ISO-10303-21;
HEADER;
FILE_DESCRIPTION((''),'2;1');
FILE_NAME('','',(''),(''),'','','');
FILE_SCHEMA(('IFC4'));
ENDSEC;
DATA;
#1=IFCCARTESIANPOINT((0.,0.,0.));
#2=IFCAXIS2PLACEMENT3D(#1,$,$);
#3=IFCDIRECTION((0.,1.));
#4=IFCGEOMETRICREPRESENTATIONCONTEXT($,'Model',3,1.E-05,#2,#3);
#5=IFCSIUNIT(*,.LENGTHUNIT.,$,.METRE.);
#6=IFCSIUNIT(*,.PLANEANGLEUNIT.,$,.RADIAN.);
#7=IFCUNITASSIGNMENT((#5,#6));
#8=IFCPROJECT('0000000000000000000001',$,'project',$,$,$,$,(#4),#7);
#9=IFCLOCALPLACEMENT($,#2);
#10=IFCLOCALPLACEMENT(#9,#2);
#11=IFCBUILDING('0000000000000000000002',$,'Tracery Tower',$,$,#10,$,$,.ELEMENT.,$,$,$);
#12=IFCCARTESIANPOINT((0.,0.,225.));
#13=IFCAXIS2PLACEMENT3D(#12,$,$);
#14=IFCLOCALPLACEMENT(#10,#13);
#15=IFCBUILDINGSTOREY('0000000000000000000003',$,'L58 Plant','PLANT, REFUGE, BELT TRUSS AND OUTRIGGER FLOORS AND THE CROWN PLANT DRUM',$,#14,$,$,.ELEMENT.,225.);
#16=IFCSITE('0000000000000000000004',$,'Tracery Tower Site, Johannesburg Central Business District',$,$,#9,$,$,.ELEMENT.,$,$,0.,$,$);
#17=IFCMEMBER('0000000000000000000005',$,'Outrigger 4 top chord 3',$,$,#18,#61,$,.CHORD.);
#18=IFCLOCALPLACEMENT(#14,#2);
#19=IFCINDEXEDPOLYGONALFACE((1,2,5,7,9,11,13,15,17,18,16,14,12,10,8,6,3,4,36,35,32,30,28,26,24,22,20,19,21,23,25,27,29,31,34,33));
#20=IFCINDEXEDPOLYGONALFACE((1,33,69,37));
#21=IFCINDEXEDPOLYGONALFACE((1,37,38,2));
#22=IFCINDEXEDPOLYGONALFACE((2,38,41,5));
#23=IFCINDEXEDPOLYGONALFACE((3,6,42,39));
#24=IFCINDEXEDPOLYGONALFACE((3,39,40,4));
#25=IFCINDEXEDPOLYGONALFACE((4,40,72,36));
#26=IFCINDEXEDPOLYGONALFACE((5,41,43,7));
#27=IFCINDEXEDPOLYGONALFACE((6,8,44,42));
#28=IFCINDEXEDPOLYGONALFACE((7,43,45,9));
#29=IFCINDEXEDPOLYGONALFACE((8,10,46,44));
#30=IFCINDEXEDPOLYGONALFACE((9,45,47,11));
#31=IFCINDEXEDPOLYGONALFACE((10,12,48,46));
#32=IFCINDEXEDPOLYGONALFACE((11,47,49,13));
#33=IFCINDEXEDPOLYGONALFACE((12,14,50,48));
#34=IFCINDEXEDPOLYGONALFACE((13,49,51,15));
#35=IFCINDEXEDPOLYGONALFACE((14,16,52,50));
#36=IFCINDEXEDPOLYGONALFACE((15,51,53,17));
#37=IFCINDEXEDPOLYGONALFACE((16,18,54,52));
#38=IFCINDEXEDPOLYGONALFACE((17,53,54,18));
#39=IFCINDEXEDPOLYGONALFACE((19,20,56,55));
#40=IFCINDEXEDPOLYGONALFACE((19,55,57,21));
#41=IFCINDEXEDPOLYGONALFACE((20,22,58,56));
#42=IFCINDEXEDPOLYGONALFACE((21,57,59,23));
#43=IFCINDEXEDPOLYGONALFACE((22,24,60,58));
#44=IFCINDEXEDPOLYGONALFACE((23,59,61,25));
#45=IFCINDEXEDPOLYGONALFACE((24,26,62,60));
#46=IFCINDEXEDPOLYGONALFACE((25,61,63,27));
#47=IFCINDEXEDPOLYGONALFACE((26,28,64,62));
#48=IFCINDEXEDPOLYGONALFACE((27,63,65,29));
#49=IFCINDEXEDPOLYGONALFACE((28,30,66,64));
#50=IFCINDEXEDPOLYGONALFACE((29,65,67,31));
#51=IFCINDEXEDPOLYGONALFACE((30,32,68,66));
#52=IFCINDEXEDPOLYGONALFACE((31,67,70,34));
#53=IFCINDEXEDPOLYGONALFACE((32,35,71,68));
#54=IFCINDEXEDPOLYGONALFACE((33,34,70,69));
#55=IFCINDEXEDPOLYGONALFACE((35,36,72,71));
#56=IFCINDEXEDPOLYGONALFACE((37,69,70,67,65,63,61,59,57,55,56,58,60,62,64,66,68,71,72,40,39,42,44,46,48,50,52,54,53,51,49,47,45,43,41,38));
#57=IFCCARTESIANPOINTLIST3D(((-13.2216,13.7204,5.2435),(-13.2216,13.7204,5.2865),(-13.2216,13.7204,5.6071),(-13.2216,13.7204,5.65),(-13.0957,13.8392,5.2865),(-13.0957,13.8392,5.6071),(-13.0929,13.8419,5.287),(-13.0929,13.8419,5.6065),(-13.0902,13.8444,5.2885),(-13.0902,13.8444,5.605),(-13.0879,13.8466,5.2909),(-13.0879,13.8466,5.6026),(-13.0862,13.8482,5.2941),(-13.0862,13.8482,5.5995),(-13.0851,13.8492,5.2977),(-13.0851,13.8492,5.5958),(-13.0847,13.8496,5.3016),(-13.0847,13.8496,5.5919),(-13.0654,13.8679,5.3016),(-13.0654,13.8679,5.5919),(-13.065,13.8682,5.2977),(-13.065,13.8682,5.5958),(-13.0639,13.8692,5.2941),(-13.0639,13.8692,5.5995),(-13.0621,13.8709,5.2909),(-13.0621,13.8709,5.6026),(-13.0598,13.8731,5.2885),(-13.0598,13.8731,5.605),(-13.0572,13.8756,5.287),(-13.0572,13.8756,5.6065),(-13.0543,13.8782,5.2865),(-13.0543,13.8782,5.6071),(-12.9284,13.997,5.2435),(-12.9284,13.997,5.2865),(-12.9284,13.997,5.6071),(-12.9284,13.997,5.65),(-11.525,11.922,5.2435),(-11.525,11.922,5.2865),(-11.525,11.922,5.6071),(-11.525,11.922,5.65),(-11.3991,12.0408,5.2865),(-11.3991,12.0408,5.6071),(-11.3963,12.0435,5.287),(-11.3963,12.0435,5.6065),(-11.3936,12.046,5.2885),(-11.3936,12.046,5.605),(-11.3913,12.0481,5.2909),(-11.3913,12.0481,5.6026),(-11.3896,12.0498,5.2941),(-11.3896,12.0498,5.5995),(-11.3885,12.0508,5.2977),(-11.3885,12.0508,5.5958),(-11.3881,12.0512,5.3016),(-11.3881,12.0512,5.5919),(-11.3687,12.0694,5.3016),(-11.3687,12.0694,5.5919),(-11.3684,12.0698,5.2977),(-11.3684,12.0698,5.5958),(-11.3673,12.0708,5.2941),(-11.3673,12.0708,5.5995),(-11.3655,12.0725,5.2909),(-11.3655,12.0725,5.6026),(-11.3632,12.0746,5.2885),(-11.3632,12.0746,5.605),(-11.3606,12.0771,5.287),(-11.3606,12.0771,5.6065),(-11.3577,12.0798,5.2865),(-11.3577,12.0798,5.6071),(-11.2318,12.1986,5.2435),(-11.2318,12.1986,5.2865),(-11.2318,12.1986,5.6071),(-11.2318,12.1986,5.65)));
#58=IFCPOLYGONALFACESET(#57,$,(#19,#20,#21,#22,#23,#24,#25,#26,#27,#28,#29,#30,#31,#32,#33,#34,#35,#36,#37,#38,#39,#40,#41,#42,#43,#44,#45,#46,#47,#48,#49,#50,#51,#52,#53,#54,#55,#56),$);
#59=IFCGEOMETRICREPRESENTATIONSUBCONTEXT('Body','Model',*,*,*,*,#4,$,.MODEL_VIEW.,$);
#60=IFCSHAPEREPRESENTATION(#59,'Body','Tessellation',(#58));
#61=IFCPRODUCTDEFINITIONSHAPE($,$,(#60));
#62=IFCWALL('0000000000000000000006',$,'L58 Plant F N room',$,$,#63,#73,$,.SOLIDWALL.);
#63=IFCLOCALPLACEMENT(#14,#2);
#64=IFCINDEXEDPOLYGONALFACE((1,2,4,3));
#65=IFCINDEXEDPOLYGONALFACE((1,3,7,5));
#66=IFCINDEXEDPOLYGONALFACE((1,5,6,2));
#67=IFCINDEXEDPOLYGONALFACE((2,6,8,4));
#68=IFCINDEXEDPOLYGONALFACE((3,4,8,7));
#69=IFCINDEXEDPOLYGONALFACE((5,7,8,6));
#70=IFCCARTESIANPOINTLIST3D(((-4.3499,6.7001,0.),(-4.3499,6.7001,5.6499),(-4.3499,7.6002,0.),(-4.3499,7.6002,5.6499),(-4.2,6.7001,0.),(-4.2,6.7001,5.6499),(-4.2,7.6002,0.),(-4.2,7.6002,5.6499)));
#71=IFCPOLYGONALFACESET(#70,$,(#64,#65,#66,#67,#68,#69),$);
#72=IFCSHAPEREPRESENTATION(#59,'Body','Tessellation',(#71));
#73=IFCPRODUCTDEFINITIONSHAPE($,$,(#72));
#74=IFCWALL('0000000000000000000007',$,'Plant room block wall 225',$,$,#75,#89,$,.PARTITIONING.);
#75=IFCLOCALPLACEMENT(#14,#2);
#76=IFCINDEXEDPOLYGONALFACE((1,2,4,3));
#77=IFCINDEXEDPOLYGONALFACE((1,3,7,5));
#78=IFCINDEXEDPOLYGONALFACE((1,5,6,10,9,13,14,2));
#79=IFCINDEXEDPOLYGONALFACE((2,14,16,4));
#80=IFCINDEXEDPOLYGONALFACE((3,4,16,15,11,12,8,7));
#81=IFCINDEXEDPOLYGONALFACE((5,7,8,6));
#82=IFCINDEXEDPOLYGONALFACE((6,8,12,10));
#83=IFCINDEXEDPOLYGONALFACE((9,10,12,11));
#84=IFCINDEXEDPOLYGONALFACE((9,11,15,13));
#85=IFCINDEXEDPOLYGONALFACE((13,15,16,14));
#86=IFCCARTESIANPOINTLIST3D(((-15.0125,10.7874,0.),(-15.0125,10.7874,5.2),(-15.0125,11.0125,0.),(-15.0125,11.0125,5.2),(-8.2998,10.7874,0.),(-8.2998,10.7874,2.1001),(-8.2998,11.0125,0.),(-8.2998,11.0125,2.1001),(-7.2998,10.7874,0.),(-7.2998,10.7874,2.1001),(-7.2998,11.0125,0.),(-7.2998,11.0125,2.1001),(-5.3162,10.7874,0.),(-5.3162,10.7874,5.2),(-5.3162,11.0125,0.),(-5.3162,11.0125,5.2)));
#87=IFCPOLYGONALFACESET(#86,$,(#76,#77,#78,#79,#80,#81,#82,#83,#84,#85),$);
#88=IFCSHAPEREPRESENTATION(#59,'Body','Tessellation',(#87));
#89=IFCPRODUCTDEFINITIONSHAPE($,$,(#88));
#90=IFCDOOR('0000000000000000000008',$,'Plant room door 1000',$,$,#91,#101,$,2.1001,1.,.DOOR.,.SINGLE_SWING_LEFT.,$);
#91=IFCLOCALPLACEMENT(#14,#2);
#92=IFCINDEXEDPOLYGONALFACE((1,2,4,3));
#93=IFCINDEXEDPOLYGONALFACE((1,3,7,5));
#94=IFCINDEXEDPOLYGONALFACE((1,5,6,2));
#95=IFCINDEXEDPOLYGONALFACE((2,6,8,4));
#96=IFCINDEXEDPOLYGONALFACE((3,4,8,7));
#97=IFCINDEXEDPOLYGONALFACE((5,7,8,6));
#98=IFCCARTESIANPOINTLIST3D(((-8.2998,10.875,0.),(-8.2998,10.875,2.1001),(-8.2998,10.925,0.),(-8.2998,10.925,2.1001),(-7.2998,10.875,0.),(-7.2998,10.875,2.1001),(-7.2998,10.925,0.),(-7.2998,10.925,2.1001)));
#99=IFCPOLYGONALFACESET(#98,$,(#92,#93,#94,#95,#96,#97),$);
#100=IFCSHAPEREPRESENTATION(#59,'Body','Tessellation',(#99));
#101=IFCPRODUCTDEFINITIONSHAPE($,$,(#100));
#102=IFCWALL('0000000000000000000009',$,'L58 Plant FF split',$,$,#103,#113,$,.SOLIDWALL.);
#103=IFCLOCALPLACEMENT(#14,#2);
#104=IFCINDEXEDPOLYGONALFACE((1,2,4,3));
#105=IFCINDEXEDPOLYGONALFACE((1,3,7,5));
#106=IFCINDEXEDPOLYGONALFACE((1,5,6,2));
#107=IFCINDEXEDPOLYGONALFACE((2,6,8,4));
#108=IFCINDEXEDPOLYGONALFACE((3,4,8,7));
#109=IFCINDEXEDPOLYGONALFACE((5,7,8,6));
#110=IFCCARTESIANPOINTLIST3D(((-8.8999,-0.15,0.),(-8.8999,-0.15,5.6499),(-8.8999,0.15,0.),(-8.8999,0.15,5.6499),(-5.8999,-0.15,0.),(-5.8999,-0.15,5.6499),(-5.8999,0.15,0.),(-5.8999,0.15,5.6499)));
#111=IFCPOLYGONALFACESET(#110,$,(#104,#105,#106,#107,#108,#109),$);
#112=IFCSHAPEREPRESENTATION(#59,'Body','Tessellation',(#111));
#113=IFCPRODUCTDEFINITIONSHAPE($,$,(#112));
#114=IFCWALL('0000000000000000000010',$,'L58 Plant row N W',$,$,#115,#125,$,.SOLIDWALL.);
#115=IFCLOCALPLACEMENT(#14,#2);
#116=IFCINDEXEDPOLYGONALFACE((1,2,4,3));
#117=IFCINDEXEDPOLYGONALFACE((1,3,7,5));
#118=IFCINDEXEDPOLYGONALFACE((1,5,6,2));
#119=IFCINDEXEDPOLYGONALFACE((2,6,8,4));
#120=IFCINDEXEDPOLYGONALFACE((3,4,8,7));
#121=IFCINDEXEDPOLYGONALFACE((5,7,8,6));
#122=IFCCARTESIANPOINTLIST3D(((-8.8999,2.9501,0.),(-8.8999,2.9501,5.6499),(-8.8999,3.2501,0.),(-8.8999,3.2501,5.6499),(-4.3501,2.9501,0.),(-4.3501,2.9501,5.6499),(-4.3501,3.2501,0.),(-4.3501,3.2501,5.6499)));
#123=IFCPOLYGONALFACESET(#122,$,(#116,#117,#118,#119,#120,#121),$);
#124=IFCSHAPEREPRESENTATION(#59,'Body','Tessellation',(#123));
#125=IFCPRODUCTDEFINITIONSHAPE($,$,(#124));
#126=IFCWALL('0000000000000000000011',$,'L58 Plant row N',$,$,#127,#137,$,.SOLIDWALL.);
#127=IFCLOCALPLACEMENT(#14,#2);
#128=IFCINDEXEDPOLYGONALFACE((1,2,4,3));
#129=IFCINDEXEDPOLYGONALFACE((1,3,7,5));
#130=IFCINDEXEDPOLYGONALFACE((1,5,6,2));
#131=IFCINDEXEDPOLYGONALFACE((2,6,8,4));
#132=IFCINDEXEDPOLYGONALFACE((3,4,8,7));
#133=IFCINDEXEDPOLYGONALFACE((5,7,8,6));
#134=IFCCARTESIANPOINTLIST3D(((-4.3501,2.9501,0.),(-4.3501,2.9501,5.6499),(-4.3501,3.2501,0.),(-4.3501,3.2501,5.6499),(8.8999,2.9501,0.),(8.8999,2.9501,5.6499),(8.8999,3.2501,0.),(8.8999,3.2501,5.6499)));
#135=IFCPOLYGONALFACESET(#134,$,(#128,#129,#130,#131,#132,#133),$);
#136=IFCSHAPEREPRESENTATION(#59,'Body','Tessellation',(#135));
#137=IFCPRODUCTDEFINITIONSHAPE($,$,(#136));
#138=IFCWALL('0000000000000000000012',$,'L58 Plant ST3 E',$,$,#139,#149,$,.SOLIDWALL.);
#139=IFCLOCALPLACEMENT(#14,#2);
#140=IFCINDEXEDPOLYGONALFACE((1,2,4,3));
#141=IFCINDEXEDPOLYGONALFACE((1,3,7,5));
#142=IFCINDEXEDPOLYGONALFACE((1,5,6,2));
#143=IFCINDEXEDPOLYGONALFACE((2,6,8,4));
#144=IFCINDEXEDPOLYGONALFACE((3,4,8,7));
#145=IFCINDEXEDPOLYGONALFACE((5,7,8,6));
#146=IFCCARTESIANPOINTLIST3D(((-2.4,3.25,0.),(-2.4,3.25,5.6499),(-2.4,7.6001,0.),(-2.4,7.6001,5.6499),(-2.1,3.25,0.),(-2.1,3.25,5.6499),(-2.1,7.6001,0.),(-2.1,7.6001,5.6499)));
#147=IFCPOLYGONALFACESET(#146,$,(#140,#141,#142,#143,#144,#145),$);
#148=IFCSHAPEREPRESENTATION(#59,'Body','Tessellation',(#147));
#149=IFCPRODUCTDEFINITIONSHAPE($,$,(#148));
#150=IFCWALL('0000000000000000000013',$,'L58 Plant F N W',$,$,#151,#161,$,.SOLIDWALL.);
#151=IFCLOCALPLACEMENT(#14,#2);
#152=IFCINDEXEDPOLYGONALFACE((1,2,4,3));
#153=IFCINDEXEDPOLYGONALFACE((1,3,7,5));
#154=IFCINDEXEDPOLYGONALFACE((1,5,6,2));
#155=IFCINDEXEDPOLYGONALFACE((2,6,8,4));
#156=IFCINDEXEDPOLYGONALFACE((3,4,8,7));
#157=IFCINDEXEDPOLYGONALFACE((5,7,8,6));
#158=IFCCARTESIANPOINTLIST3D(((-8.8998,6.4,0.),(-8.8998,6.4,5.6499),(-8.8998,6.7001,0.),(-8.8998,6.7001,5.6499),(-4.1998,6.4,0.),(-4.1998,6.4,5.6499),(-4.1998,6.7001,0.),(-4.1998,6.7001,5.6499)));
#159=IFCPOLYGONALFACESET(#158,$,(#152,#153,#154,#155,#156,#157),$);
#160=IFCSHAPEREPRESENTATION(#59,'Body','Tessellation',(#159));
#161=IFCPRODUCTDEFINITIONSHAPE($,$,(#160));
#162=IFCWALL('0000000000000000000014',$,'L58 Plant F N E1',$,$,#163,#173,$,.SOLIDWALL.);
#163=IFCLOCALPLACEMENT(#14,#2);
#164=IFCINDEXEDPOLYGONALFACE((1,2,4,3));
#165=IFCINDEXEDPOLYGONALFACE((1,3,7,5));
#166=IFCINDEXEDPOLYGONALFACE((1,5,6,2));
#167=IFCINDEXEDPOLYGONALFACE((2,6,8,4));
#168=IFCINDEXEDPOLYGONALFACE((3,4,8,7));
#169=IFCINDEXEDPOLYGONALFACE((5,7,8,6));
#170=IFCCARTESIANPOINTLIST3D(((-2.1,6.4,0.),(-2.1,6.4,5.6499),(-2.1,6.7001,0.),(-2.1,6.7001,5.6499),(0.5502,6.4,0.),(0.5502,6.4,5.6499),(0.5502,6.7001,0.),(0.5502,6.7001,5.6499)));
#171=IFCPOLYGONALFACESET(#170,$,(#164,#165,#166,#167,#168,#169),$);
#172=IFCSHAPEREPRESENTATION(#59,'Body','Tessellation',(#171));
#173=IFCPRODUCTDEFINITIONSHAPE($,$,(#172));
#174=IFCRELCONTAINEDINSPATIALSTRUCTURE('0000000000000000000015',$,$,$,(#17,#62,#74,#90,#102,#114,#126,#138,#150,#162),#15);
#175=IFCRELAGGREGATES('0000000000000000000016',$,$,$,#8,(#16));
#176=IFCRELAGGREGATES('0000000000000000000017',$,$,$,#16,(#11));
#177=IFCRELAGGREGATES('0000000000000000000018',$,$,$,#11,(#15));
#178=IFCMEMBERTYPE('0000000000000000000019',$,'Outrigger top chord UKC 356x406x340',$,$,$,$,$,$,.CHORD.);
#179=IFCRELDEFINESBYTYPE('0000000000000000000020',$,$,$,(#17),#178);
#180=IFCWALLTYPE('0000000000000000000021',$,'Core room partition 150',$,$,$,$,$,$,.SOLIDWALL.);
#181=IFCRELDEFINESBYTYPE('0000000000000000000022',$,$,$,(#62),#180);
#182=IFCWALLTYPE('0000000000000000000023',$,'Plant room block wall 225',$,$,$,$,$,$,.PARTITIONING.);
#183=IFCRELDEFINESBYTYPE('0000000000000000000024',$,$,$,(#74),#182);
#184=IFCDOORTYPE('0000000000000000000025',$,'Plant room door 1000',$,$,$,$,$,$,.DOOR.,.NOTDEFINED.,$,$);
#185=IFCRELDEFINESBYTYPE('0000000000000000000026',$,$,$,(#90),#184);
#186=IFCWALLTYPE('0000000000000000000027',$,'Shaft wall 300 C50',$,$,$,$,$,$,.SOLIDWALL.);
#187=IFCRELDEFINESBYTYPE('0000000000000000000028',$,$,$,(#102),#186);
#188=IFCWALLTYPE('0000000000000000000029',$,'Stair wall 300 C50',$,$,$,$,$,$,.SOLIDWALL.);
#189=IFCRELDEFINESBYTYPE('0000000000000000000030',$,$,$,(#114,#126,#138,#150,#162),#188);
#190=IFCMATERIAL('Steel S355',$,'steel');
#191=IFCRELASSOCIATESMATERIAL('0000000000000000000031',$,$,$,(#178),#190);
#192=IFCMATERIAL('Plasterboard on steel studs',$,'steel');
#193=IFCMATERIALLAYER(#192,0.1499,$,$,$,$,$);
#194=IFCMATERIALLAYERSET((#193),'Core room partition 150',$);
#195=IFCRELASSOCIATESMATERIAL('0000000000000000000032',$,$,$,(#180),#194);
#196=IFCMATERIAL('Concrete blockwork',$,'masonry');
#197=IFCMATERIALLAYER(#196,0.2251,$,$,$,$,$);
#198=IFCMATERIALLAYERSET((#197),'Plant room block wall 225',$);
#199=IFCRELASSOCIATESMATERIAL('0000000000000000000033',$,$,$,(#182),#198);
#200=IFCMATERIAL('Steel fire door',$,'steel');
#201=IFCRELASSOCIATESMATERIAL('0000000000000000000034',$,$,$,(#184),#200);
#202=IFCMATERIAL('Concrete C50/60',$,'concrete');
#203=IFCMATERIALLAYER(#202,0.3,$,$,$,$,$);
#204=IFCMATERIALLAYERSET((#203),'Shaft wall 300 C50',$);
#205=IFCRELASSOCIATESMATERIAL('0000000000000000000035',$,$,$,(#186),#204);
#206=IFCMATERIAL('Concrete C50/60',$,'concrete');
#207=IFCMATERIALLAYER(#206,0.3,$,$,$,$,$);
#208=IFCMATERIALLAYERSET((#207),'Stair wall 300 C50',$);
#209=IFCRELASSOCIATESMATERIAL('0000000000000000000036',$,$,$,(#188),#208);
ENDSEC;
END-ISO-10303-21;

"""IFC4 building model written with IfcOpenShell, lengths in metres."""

from ifc_helpers import new_model, si_unit, direction, frame, frame_2d, origin, origin_2d, place, context, subcontext, project, spatial, rectangle, i_section, extrude, material, layer, layer_set, material_profile, profile_set, type_object, element, fill, save


model = new_model("IFC4")

# Units and contexts
model_context = context("Model", 3, precision=1e-05, world=origin(), true_north=direction((0.0, 1.0)))
body_context = subcontext(model_context, "Body", "Model", "MODEL_VIEW")
ifc_project = project(units=[si_unit("LENGTHUNIT", "METRE"), si_unit("PLANEANGLEUNIT", "RADIAN")], contexts=[model_context])

# Site, building, storey
site_placement = place(None, origin())
site = spatial("IfcSite", under=ifc_project, at=site_placement, Name="Tracery Tower Site, Johannesburg Central Business District", CompositionType="ELEMENT", RefElevation=0.0)
building_placement = place(site_placement, origin())
building = spatial("IfcBuilding", under=site, at=building_placement, Name="Tracery Tower", CompositionType="ELEMENT")
storey_placement = place(building_placement, frame((0.0, 0.0, 225.0)))
storey = spatial("IfcBuildingStorey", under=building, at=storey_placement, Name="L58 Plant", Description="PLANT, REFUGE, BELT TRUSS AND OUTRIGGER FLOORS AND THE CROWN PLANT DRUM", CompositionType="ELEMENT", Elevation=225.0)

# Member
ifc_material_1 = material(Name="Steel S355", Category="steel")
ifc_material_profile_1 = material_profile(ifc_material_1, i_section(OverallWidth=0.4031, OverallDepth=0.4065, WebThickness=0.0266, FlangeThickness=0.043, FilletRadius=0.0151, at=origin_2d()), Name="UKC 356x406x340")
ifc_profile_set_1 = profile_set([ifc_material_profile_1], Name="Steel S355")
member_type_1 = type_object("IfcMemberType", Name="Outrigger top chord UKC 356x406x340", PredefinedType="CHORD", material=ifc_profile_set_1)
for number, where, z_axis, x_axis, name in (
    (1, (-11.3784, 12.0603, 5.4468), (-0.686217, 0.727396, 0.0), (-0.727396, -0.686217, 0.0), "Outrigger 4 top chord 3"),
):
    element("IfcMember", number, at=place(storey_placement, frame(where, z_axis=z_axis, x_axis=x_axis)), inside=storey, type_object=member_type_1, Name=name, PredefinedType="CHORD", context=body_context, shape_type="SweptSolid", body=[
        extrude(i_section(OverallWidth=0.4031, OverallDepth=0.4065, WebThickness=0.0266, FlangeThickness=0.043, FilletRadius=0.0151, at=origin_2d()), origin(), (0.0, 0.0, 1.0), 2.4724),
    ])

# Wall
ifc_material_2 = material(Name="Plasterboard on steel studs", Category="steel")
ifc_layer_1 = layer(ifc_material_2, 0.1499)
ifc_layer_set_1 = layer_set([ifc_layer_1], Name="Core room partition 150")
wall_type_1 = type_object("IfcWallType", Name="Core room partition 150", PredefinedType="SOLIDWALL", material=ifc_layer_set_1)
wall_1_placement = place(storey_placement, frame((-4.2749, 6.7, 0.0), z_axis=(0.0, 0.0, 1.0), x_axis=(0.0, 1.0, 0.0)))
element("IfcWall", 2, at=wall_1_placement, inside=storey, type_object=wall_type_1, Name="L58 Plant F N room", PredefinedType="SOLIDWALL", context=body_context, shape_type="SweptSolid", body=[
    extrude(rectangle(XDim=0.9001, YDim=0.1499, at=frame_2d((0.4502, 0.0))), origin(), (0.0, 0.0, 1.0), 5.6499),
])

# Wall, opening, door
ifc_material_3 = material(Name="Concrete blockwork", Category="masonry")
ifc_layer_2 = layer(ifc_material_3, 0.2251)
ifc_layer_set_2 = layer_set([ifc_layer_2], Name="Plant room block wall 225")
wall_type_2 = type_object("IfcWallType", Name="Plant room block wall 225", PredefinedType="PARTITIONING", material=ifc_layer_set_2)
wall_2_placement = place(storey_placement, frame((-5.3162, 10.8999, 0.0), z_axis=(0.0, 0.0, 1.0), x_axis=(-1.0, 0.0, 0.0)))
wall_2 = element("IfcWall", 3, at=wall_2_placement, inside=storey, type_object=wall_type_2, Name="Plant room block wall 225", PredefinedType="PARTITIONING", context=body_context, shape_type="SweptSolid", body=[
    extrude(rectangle(XDim=9.6963, YDim=0.2251, at=frame_2d((4.8481, 0.0))), origin(), (0.0, 0.0, 1.0), 5.2),
])
opening_1_placement = place(wall_2_placement, frame((1.9836, 0.0, 0.0)))
opening_1 = element("IfcOpeningElement", 4, at=opening_1_placement, cuts=wall_2, PredefinedType="OPENING", context=body_context, shape_type="SweptSolid", body=[
    extrude(rectangle(XDim=1.0, YDim=2.1001, at=frame_2d((0.5, 1.05))), frame((0.0, 0.1125, 0.0), z_axis=(0.0, -1.0, 0.0), x_axis=(1.0, 0.0, 0.0)), (0.0, 0.0, 1.0), 0.2251),
])
ifc_material_4 = material(Name="Steel fire door", Category="steel")
door_type_1 = type_object("IfcDoorType", Name="Plant room door 1000", OperationType="NOTDEFINED", PredefinedType="DOOR", material=ifc_material_4)
door_1_placement = place(opening_1_placement, origin())
door_1 = element("IfcDoor", 5, at=door_1_placement, inside=storey, type_object=door_type_1, Name="Plant room door 1000", OperationType="SINGLE_SWING_LEFT", OverallHeight=2.1001, OverallWidth=1.0, PredefinedType="DOOR", context=body_context, shape_type="SweptSolid", body=[
    extrude(rectangle(XDim=1.0, YDim=2.1001, at=frame_2d((0.5, 1.05))), frame((0.0, 0.0249, 0.0), z_axis=(0.0, -1.0, 0.0), x_axis=(1.0, 0.0, 0.0)), (0.0, 0.0, 1.0), 0.05),
])
fill(opening_1, door_1)

# Walls
ifc_material_5 = material(Name="Concrete C50/60", Category="concrete")
ifc_layer_3 = layer(ifc_material_5, 0.3)
ifc_layer_set_3 = layer_set([ifc_layer_3], Name="Shaft wall 300 C50")
wall_type_3 = type_object("IfcWallType", Name="Shaft wall 300 C50", PredefinedType="SOLIDWALL", material=ifc_layer_set_3)
wall_3_placement = place(storey_placement, frame((-8.8999, 0.0, 0.0), z_axis=(0.0, 0.0, 1.0), x_axis=(1.0, 0.0, 0.0)))
element("IfcWall", 6, at=wall_3_placement, inside=storey, type_object=wall_type_3, Name="L58 Plant FF split", PredefinedType="SOLIDWALL", context=body_context, shape_type="SweptSolid", body=[
    extrude(rectangle(XDim=3.0, YDim=0.3, at=frame_2d((1.5, 0.0))), origin(), (0.0, 0.0, 1.0), 5.6499),
])
ifc_material_6 = material(Name="Concrete C50/60", Category="concrete")
ifc_layer_4 = layer(ifc_material_6, 0.3)
ifc_layer_set_4 = layer_set([ifc_layer_4], Name="Stair wall 300 C50")
wall_type_4 = type_object("IfcWallType", Name="Stair wall 300 C50", PredefinedType="SOLIDWALL", material=ifc_layer_set_4)
wall_4_placement = place(storey_placement, frame((-8.8999, 3.1001, 0.0), z_axis=(0.0, 0.0, 1.0), x_axis=(1.0, 0.0, 0.0)))
element("IfcWall", 7, at=wall_4_placement, inside=storey, type_object=wall_type_4, Name="L58 Plant row N W", PredefinedType="SOLIDWALL", context=body_context, shape_type="SweptSolid", body=[
    extrude(rectangle(XDim=4.5498, YDim=0.3, at=frame_2d((2.2749, 0.0))), origin(), (0.0, 0.0, 1.0), 5.6499),
])
wall_5_placement = place(storey_placement, frame((-4.3501, 3.1001, 0.0), z_axis=(0.0, 0.0, 1.0), x_axis=(1.0, 0.0, 0.0)))
element("IfcWall", 8, at=wall_5_placement, inside=storey, type_object=wall_type_4, Name="L58 Plant row N", PredefinedType="SOLIDWALL", context=body_context, shape_type="SweptSolid", body=[
    extrude(rectangle(XDim=13.25, YDim=0.3, at=frame_2d((6.625, 0.0))), origin(), (0.0, 0.0, 1.0), 5.6499),
])
wall_6_placement = place(storey_placement, frame((-2.25, 3.25, 0.0), z_axis=(0.0, 0.0, 1.0), x_axis=(0.0, 1.0, 0.0)))
element("IfcWall", 9, at=wall_6_placement, inside=storey, type_object=wall_type_4, Name="L58 Plant ST3 E", PredefinedType="SOLIDWALL", context=body_context, shape_type="SweptSolid", body=[
    extrude(rectangle(XDim=4.3501, YDim=0.3, at=frame_2d((2.175, 0.0))), origin(), (0.0, 0.0, 1.0), 5.6499),
])
wall_7_placement = place(storey_placement, frame((-8.8999, 6.55, 0.0), z_axis=(0.0, 0.0, 1.0), x_axis=(1.0, 0.0, 0.0)))
element("IfcWall", 10, at=wall_7_placement, inside=storey, type_object=wall_type_4, Name="L58 Plant F N W", PredefinedType="SOLIDWALL", context=body_context, shape_type="SweptSolid", body=[
    extrude(rectangle(XDim=4.7, YDim=0.3, at=frame_2d((2.3501, 0.0))), origin(), (0.0, 0.0, 1.0), 5.6499),
])

# Wall
wall_8_placement = place(storey_placement, frame((-2.1001, 6.55, 0.0), z_axis=(0.0, 0.0, 1.0), x_axis=(1.0, 0.0, 0.0)))
element("IfcWall", 11, at=wall_8_placement, inside=storey, type_object=wall_type_4, Name="L58 Plant F N E1", PredefinedType="SOLIDWALL", context=body_context, shape_type="SweptSolid", body=[
    extrude(rectangle(XDim=2.6501, YDim=0.3, at=frame_2d((1.3252, 0.0))), origin(), (0.0, 0.0, 1.0), 5.6499),
])

save(model, "model.ifc")
